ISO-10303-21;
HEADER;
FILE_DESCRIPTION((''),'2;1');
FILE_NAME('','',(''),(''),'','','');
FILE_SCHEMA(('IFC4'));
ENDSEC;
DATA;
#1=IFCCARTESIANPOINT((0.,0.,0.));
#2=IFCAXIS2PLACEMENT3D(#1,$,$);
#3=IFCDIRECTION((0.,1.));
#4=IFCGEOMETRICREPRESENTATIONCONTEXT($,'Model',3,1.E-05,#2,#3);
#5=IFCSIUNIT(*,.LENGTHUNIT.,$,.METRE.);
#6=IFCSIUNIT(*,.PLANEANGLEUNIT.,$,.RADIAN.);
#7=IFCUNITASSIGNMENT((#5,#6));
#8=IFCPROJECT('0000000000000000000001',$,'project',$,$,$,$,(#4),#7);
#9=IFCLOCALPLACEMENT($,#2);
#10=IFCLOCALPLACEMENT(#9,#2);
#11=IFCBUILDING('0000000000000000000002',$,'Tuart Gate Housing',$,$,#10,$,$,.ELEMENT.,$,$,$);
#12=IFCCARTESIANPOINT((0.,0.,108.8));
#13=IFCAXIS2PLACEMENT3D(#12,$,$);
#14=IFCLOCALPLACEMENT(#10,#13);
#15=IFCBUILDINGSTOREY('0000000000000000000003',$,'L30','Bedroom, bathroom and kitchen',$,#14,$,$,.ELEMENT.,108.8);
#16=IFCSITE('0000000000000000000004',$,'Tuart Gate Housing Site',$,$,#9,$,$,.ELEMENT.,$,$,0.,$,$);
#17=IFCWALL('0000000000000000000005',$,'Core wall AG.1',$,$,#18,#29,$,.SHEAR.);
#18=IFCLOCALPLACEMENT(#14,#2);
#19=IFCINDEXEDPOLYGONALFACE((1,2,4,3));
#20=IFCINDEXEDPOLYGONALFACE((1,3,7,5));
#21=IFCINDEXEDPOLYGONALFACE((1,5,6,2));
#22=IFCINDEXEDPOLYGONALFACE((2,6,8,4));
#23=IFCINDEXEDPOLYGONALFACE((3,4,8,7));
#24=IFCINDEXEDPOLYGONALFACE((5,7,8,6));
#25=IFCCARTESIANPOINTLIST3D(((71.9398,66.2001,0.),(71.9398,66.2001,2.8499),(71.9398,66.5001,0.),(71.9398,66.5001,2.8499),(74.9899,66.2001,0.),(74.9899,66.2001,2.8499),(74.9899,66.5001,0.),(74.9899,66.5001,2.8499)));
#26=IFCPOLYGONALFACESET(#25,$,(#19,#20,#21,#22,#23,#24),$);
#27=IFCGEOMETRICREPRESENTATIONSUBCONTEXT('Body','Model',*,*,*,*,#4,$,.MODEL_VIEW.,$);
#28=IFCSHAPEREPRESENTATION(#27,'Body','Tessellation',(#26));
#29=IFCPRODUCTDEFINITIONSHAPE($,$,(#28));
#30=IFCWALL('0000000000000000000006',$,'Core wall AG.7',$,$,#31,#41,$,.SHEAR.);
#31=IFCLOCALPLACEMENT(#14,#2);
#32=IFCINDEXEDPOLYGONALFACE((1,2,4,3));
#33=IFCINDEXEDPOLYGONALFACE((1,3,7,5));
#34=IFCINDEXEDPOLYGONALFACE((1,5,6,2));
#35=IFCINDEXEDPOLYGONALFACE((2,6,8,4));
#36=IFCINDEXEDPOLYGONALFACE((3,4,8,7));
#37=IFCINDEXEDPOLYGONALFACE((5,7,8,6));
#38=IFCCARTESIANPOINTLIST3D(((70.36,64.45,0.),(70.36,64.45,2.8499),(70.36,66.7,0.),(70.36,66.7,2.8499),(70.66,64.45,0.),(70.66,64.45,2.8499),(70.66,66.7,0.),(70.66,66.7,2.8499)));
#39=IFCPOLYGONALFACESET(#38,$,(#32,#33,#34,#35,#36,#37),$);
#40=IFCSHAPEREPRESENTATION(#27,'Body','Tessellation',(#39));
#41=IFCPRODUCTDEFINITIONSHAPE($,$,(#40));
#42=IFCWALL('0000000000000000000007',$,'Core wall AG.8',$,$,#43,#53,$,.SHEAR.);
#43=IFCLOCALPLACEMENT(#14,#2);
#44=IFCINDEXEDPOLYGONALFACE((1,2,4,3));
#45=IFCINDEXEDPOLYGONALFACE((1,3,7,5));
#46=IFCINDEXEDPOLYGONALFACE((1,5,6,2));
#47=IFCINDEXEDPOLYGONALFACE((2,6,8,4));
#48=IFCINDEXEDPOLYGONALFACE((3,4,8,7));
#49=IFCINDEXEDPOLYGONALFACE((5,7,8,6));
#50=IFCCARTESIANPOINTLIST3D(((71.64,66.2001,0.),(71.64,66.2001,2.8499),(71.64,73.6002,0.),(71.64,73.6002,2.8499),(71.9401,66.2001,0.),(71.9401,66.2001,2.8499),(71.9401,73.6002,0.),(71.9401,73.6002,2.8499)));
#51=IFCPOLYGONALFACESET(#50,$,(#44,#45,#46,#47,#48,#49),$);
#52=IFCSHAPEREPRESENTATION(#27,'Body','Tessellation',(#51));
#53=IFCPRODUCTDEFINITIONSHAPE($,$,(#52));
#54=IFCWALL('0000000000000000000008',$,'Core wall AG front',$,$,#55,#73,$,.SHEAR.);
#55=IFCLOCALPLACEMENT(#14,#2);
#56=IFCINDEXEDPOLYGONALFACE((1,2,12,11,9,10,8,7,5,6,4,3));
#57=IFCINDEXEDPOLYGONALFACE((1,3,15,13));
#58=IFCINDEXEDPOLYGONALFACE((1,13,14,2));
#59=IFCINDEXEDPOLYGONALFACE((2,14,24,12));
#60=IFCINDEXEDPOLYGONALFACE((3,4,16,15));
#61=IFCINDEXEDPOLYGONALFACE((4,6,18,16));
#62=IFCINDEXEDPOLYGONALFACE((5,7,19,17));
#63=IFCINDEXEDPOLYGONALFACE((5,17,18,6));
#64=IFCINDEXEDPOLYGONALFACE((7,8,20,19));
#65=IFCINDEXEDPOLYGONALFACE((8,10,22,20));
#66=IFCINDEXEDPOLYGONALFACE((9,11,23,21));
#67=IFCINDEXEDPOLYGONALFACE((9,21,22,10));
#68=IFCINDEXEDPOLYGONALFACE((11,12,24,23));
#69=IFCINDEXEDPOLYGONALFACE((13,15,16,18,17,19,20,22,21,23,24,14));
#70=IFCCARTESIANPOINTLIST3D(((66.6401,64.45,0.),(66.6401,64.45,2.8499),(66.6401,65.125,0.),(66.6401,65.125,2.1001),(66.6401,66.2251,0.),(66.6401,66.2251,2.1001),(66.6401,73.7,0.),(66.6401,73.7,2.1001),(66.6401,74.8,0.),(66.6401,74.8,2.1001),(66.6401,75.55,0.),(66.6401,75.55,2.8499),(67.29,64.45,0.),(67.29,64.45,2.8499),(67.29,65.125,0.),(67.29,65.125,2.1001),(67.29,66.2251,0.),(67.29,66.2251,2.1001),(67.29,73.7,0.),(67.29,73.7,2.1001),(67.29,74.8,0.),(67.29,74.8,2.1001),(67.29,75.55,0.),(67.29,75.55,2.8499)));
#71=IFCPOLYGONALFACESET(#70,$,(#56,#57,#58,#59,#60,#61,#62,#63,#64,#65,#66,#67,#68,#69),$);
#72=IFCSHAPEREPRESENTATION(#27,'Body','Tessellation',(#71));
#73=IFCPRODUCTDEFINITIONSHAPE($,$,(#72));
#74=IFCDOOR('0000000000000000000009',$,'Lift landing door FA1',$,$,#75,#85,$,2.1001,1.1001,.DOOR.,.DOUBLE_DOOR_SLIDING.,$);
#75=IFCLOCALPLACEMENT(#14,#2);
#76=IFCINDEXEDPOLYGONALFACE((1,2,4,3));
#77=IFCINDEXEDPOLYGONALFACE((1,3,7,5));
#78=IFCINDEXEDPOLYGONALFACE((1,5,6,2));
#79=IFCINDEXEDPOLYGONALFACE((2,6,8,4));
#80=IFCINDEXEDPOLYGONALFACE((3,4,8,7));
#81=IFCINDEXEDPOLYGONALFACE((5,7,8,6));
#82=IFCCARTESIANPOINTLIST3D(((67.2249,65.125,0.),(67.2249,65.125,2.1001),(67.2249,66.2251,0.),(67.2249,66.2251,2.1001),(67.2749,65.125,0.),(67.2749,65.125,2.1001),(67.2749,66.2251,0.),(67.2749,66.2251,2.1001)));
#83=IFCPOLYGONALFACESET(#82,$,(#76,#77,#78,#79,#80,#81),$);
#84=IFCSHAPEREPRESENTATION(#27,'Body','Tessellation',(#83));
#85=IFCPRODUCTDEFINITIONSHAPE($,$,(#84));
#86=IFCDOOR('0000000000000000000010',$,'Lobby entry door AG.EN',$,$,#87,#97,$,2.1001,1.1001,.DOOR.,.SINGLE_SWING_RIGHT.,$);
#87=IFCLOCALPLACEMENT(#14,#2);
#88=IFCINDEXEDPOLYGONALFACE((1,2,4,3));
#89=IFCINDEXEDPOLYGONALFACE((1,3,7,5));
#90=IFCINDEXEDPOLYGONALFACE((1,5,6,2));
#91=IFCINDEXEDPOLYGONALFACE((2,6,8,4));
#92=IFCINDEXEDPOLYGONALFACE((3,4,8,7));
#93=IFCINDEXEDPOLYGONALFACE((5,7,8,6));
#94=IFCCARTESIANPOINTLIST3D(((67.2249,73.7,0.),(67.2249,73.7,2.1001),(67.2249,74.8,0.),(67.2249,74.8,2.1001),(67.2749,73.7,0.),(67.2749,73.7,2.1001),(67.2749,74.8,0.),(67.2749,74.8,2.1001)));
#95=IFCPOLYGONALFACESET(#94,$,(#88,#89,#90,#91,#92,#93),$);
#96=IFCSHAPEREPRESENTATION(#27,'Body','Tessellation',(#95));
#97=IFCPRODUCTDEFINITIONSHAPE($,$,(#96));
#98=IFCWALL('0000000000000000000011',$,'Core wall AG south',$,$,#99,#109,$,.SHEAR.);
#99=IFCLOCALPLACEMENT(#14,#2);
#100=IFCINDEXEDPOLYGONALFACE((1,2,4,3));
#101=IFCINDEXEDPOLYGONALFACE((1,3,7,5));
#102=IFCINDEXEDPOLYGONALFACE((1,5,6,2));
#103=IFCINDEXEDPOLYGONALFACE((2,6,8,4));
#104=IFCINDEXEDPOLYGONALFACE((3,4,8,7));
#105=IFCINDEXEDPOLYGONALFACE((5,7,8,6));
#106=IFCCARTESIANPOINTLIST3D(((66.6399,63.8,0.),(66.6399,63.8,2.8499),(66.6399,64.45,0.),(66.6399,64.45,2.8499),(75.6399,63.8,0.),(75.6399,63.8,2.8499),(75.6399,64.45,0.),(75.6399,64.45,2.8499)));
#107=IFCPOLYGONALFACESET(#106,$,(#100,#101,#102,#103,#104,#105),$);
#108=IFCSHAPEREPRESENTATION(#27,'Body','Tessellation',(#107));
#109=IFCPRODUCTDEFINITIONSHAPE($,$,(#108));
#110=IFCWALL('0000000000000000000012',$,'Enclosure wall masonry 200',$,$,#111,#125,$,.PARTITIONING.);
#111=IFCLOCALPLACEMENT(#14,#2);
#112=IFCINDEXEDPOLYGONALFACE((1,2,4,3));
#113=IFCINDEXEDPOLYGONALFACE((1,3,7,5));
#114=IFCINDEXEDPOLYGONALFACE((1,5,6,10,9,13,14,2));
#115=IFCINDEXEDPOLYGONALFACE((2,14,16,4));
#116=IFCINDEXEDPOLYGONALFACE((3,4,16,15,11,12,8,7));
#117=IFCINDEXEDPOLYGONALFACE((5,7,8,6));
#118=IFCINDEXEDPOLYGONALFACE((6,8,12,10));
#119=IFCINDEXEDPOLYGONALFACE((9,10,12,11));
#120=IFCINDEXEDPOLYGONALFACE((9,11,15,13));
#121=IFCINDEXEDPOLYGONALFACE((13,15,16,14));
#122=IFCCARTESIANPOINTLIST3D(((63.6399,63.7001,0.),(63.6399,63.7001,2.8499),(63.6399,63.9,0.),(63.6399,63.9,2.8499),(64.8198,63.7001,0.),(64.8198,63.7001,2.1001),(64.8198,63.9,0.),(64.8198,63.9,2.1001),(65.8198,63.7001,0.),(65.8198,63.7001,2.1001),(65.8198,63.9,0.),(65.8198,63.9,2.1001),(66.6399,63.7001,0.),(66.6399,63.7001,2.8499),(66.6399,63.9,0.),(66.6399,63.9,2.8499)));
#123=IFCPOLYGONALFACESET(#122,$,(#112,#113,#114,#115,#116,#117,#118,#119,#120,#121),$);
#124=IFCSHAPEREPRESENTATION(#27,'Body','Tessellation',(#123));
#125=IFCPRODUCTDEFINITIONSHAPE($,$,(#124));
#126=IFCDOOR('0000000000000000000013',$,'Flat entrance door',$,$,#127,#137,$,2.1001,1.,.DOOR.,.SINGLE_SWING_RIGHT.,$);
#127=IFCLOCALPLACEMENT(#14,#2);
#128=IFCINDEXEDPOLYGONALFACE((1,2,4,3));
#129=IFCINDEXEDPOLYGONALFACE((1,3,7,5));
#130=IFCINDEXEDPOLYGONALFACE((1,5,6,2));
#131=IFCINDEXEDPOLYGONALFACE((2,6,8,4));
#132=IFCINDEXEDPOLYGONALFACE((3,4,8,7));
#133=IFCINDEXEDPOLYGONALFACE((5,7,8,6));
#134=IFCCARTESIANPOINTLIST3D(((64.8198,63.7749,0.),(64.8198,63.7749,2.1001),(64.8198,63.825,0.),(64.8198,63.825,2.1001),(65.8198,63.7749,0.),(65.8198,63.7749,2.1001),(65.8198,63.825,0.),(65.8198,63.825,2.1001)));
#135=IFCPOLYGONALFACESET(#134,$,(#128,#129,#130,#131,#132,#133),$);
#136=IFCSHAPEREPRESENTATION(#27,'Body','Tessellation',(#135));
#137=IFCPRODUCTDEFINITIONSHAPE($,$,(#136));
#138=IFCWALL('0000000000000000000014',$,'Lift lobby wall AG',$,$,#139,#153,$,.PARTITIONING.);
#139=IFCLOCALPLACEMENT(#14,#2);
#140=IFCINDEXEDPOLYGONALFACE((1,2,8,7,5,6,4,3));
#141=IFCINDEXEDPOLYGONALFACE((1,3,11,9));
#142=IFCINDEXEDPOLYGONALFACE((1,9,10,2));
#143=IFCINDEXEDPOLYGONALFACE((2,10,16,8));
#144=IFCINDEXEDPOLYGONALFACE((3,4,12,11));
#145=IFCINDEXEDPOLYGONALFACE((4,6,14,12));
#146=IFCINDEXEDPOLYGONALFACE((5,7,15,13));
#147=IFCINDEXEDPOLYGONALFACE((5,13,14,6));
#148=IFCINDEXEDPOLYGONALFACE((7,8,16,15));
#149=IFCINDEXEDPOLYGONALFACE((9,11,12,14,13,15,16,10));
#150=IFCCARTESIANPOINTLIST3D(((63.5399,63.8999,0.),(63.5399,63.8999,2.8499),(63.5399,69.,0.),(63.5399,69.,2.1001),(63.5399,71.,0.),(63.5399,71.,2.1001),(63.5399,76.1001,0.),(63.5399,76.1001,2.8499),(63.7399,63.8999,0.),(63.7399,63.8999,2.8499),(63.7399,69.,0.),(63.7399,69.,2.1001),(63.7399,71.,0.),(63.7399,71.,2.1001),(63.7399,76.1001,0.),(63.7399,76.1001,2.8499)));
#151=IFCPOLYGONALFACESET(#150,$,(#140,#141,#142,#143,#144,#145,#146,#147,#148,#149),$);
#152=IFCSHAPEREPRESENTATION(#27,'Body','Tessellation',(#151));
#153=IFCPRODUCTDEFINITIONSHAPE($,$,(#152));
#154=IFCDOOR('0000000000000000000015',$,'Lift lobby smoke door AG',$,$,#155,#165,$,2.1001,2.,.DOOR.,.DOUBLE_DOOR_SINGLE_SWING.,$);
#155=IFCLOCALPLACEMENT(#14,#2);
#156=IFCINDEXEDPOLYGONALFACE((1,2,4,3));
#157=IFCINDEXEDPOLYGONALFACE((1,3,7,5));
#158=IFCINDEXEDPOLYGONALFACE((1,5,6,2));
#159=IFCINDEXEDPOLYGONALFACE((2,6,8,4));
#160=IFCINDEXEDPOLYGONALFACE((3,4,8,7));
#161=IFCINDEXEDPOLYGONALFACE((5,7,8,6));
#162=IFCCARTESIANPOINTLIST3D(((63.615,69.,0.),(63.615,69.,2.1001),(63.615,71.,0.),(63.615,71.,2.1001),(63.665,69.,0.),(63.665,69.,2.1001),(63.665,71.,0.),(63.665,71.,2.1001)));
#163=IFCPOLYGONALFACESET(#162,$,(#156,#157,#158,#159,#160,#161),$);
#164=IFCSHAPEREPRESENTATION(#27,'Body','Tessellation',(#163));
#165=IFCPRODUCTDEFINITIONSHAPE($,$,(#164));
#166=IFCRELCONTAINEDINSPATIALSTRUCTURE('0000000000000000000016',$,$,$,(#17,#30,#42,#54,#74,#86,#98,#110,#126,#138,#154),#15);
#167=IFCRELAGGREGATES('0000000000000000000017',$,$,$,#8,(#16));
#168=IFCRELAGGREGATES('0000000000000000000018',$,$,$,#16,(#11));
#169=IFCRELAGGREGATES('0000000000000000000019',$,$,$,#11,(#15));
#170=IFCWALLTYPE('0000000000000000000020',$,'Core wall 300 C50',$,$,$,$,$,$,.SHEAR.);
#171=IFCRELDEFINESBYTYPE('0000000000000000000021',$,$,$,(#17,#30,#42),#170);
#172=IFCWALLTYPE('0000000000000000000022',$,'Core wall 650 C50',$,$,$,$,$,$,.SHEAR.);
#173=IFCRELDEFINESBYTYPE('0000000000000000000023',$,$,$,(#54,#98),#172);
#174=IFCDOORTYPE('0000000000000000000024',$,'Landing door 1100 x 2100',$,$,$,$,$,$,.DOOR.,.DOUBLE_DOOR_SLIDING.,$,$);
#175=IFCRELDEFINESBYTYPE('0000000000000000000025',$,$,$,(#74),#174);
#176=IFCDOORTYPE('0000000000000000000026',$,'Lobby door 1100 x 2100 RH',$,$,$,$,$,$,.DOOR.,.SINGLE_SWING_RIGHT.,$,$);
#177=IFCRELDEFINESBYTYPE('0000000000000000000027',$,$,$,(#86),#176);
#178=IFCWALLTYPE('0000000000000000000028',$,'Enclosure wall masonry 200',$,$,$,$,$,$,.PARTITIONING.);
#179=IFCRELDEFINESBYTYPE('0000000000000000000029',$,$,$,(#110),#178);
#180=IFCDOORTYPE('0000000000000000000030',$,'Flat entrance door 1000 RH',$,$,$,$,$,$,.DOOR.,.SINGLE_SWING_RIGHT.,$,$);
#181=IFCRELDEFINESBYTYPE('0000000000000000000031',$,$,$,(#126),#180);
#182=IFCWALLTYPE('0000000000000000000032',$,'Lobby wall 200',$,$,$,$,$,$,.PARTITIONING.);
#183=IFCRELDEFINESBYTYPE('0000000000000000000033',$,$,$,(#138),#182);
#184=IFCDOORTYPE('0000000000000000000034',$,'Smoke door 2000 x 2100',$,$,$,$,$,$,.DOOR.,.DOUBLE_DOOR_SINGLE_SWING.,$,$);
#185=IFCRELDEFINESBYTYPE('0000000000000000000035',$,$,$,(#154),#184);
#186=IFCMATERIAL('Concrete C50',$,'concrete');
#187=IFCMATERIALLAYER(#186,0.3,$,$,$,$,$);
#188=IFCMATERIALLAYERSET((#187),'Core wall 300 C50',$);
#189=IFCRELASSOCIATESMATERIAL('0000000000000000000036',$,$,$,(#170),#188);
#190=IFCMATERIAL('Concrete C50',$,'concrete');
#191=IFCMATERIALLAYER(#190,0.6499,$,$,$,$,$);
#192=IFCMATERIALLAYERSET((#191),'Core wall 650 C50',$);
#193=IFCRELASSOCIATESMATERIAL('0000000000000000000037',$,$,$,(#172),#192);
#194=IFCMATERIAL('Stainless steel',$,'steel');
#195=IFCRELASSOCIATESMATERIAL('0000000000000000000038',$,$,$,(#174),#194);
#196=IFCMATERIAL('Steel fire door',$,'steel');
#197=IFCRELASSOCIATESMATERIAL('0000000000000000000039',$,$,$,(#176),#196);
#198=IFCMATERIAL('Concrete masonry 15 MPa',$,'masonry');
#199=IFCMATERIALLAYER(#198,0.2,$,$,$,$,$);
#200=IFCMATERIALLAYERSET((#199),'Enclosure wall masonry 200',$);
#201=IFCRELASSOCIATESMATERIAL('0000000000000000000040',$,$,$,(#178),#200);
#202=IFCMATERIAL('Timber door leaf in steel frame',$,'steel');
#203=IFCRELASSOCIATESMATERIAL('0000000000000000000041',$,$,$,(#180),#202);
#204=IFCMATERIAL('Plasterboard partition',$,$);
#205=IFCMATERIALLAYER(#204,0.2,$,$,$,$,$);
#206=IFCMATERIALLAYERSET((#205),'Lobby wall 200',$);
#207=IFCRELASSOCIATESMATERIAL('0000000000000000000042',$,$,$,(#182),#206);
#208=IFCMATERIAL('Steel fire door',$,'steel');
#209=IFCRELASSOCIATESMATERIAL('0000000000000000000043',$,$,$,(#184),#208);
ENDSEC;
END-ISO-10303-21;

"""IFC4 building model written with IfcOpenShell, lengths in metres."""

from ifc_helpers import new_model, si_unit, direction, frame, frame_2d, origin, place, context, subcontext, project, spatial, rectangle, extrude, material, layer, layer_set, type_object, element, fill, save


model = new_model("IFC4")

# Units and contexts
model_context = context("Model", 3, precision=1e-05, world=origin(), true_north=direction((0.0, 1.0)))
body_context = subcontext(model_context, "Body", "Model", "MODEL_VIEW")
ifc_project = project(units=[si_unit("LENGTHUNIT", "METRE"), si_unit("PLANEANGLEUNIT", "RADIAN")], contexts=[model_context])

# Site, building, storey
site_placement = place(None, origin())
site = spatial("IfcSite", under=ifc_project, at=site_placement, Name="Tuart Gate Housing Site", CompositionType="ELEMENT", RefElevation=0.0)
building_placement = place(site_placement, origin())
building = spatial("IfcBuilding", under=site, at=building_placement, Name="Tuart Gate Housing", CompositionType="ELEMENT")
storey_placement = place(building_placement, frame((0.0, 0.0, 108.8)))
storey = spatial("IfcBuildingStorey", under=building, at=storey_placement, Name="L30", Description="Bedroom, bathroom and kitchen", CompositionType="ELEMENT", Elevation=108.8)

# Walls
ifc_material_1 = material(Name="Concrete C50", Category="concrete")
ifc_layer_1 = layer(ifc_material_1, 0.3)
ifc_layer_set_1 = layer_set([ifc_layer_1], Name="Core wall 300 C50")
wall_type_1 = type_object("IfcWallType", Name="Core wall 300 C50", PredefinedType="SHEAR", material=ifc_layer_set_1)
wall_1_placement = place(storey_placement, frame((71.9399, 66.3501, 0.0), z_axis=(0.0, 0.0, 1.0), x_axis=(1.0, 0.0, 0.0)))
element("IfcWall", 1, at=wall_1_placement, inside=storey, type_object=wall_type_1, Name="Core wall AG.1", PredefinedType="SHEAR", context=body_context, shape_type="SweptSolid", body=[
    extrude(rectangle(XDim=3.05, YDim=0.3, at=frame_2d((1.5249, 0.0))), origin(), (0.0, 0.0, 1.0), 2.8499),
])
wall_2_placement = place(storey_placement, frame((70.51, 64.45, 0.0), z_axis=(0.0, 0.0, 1.0), x_axis=(0.0, 1.0, 0.0)))
element("IfcWall", 2, at=wall_2_placement, inside=storey, type_object=wall_type_1, Name="Core wall AG.7", PredefinedType="SHEAR", context=body_context, shape_type="SweptSolid", body=[
    extrude(rectangle(XDim=2.25, YDim=0.3, at=frame_2d((1.125, 0.0))), origin(), (0.0, 0.0, 1.0), 2.8499),
])
wall_3_placement = place(storey_placement, frame((71.79, 66.2, 0.0), z_axis=(0.0, 0.0, 1.0), x_axis=(0.0, 1.0, 0.0)))
element("IfcWall", 3, at=wall_3_placement, inside=storey, type_object=wall_type_1, Name="Core wall AG.8", PredefinedType="SHEAR", context=body_context, shape_type="SweptSolid", body=[
    extrude(rectangle(XDim=7.4001, YDim=0.3, at=frame_2d((3.7002, 0.0))), origin(), (0.0, 0.0, 1.0), 2.8499),
])

# Wall, openings, doors
ifc_material_2 = material(Name="Concrete C50", Category="concrete")
ifc_layer_2 = layer(ifc_material_2, 0.6499)
ifc_layer_set_2 = layer_set([ifc_layer_2], Name="Core wall 650 C50")
wall_type_2 = type_object("IfcWallType", Name="Core wall 650 C50", PredefinedType="SHEAR", material=ifc_layer_set_2)
wall_4_placement = place(storey_placement, frame((66.9651, 64.45, 0.0), z_axis=(0.0, 0.0, 1.0), x_axis=(0.0, 1.0, 0.0)))
wall_4 = element("IfcWall", 4, at=wall_4_placement, inside=storey, type_object=wall_type_2, Name="Core wall AG front", PredefinedType="SHEAR", context=body_context, shape_type="SweptSolid", body=[
    extrude(rectangle(XDim=11.1001, YDim=0.6499, at=frame_2d((5.55, 0.0))), origin(), (0.0, 0.0, 1.0), 2.8499),
])
opening_1_placement = place(wall_4_placement, frame((0.675, 0.0, 0.0)))
opening_1 = element("IfcOpeningElement", 5, at=opening_1_placement, cuts=wall_4, PredefinedType="OPENING", context=body_context, shape_type="SweptSolid", body=[
    extrude(rectangle(XDim=1.1001, YDim=2.1001, at=frame_2d((0.55, 1.05))), frame((0.0, 0.335, 0.0), z_axis=(0.0, -1.0, 0.0), x_axis=(1.0, 0.0, 0.0)), (0.0, 0.0, 1.0), 0.6699),
])
opening_2_placement = place(wall_4_placement, frame((9.25, 0.0, 0.0)))
opening_2 = element("IfcOpeningElement", 6, at=opening_2_placement, cuts=wall_4, PredefinedType="OPENING", context=body_context, shape_type="SweptSolid", body=[
    extrude(rectangle(XDim=1.1001, YDim=2.1001, at=frame_2d((0.55, 1.05))), frame((0.0, 0.335, 0.0), z_axis=(0.0, -1.0, 0.0), x_axis=(1.0, 0.0, 0.0)), (0.0, 0.0, 1.0), 0.6699),
])
ifc_material_3 = material(Name="Stainless steel", Category="steel")
door_type_1 = type_object("IfcDoorType", Name="Landing door 1100 x 2100", OperationType="DOUBLE_DOOR_SLIDING", PredefinedType="DOOR", material=ifc_material_3)
door_1_placement = place(opening_1_placement, origin())
door_1 = element("IfcDoor", 7, at=door_1_placement, inside=storey, type_object=door_type_1, Name="Lift landing door FA1", OperationType="DOUBLE_DOOR_SLIDING", OverallHeight=2.1001, OverallWidth=1.1001, PredefinedType="DOOR", context=body_context, shape_type="SweptSolid", body=[
    extrude(rectangle(XDim=1.1001, YDim=2.1001, at=frame_2d((0.55, 1.05))), frame((0.0, -0.2598, 0.0), z_axis=(0.0, -1.0, 0.0), x_axis=(1.0, 0.0, 0.0)), (0.0, 0.0, 1.0), 0.05),
])
fill(opening_1, door_1)
ifc_material_4 = material(Name="Steel fire door", Category="steel")
door_type_2 = type_object("IfcDoorType", Name="Lobby door 1100 x 2100 RH", OperationType="SINGLE_SWING_RIGHT", PredefinedType="DOOR", material=ifc_material_4)
door_2_placement = place(opening_2_placement, frame((1.1001, 0.0, 0.0), z_axis=(0.0, 0.0, 1.0), x_axis=(-1.0, 0.0, 0.0)))
door_2 = element("IfcDoor", 8, at=door_2_placement, inside=storey, type_object=door_type_2, Name="Lobby entry door AG.EN", OperationType="SINGLE_SWING_RIGHT", OverallHeight=2.1001, OverallWidth=1.1001, PredefinedType="DOOR", context=body_context, shape_type="SweptSolid", body=[
    extrude(rectangle(XDim=1.1001, YDim=2.1001, at=frame_2d((0.55, 1.05))), frame((0.0, 0.3098, 0.0), z_axis=(0.0, -1.0, 0.0), x_axis=(1.0, 0.0, 0.0)), (0.0, 0.0, 1.0), 0.05),
])
fill(opening_2, door_2)

# Wall
wall_5_placement = place(storey_placement, frame((66.6399, 64.125, 0.0), z_axis=(0.0, 0.0, 1.0), x_axis=(1.0, 0.0, 0.0)))
element("IfcWall", 9, at=wall_5_placement, inside=storey, type_object=wall_type_2, Name="Core wall AG south", PredefinedType="SHEAR", context=body_context, shape_type="SweptSolid", body=[
    extrude(rectangle(XDim=9.0, YDim=0.6499, at=frame_2d((4.5, 0.0))), origin(), (0.0, 0.0, 1.0), 2.8499),
])

# Walls, openings, doors
ifc_material_5 = material(Name="Concrete masonry 15 MPa", Category="masonry")
ifc_layer_3 = layer(ifc_material_5, 0.2)
ifc_layer_set_3 = layer_set([ifc_layer_3], Name="Enclosure wall masonry 200")
wall_type_3 = type_object("IfcWallType", Name="Enclosure wall masonry 200", PredefinedType="PARTITIONING", material=ifc_layer_set_3)
wall_6_placement = place(storey_placement, frame((63.6399, 63.8, 0.0), z_axis=(0.0, 0.0, 1.0), x_axis=(1.0, 0.0, 0.0)))
wall_6 = element("IfcWall", 10, at=wall_6_placement, inside=storey, type_object=wall_type_3, Name="Enclosure wall masonry 200", PredefinedType="PARTITIONING", context=body_context, shape_type="SweptSolid", body=[
    extrude(rectangle(XDim=3.0, YDim=0.2, at=frame_2d((1.5, 0.0))), origin(), (0.0, 0.0, 1.0), 2.8499),
])
opening_3_placement = place(wall_6_placement, frame((1.1799, 0.0, 0.0)))
opening_3 = element("IfcOpeningElement", 11, at=opening_3_placement, cuts=wall_6, PredefinedType="OPENING", context=body_context, shape_type="SweptSolid", body=[
    extrude(rectangle(XDim=1.0, YDim=2.1001, at=frame_2d((0.5, 1.05))), frame((0.0, 0.1099, 0.0), z_axis=(0.0, -1.0, 0.0), x_axis=(1.0, 0.0, 0.0)), (0.0, 0.0, 1.0), 0.22),
])
ifc_material_6 = material(Name="Timber door leaf in steel frame", Category="steel")
door_type_3 = type_object("IfcDoorType", Name="Flat entrance door 1000 RH", OperationType="SINGLE_SWING_RIGHT", PredefinedType="DOOR", material=ifc_material_6)
door_3_placement = place(opening_3_placement, frame((1.0, 0.0, 0.0), z_axis=(0.0, 0.0, 1.0), x_axis=(-1.0, 0.0, 0.0)))
door_3 = element("IfcDoor", 12, at=door_3_placement, inside=storey, type_object=door_type_3, Name="Flat entrance door", OperationType="SINGLE_SWING_RIGHT", OverallHeight=2.1001, OverallWidth=1.0, PredefinedType="DOOR", context=body_context, shape_type="SweptSolid", body=[
    extrude(rectangle(XDim=1.0, YDim=2.1001, at=frame_2d((0.5, 1.05))), frame((0.0, 0.0251, 0.0), z_axis=(0.0, -1.0, 0.0), x_axis=(1.0, 0.0, 0.0)), (0.0, 0.0, 1.0), 0.05),
])
fill(opening_3, door_3)
ifc_material_7 = material(Name="Plasterboard partition")
ifc_layer_4 = layer(ifc_material_7, 0.2)
ifc_layer_set_4 = layer_set([ifc_layer_4], Name="Lobby wall 200")
wall_type_4 = type_object("IfcWallType", Name="Lobby wall 200", PredefinedType="PARTITIONING", material=ifc_layer_set_4)
wall_7_placement = place(storey_placement, frame((63.6399, 63.8999, 0.0), z_axis=(0.0, 0.0, 1.0), x_axis=(0.0, 1.0, 0.0)))
wall_7 = element("IfcWall", 13, at=wall_7_placement, inside=storey, type_object=wall_type_4, Name="Lift lobby wall AG", PredefinedType="PARTITIONING", context=body_context, shape_type="SweptSolid", body=[
    extrude(rectangle(XDim=12.2002, YDim=0.2, at=frame_2d((6.1001, 0.0))), origin(), (0.0, 0.0, 1.0), 2.8499),
])
opening_4_placement = place(wall_7_placement, frame((5.1001, 0.0, 0.0)))
opening_4 = element("IfcOpeningElement", 14, at=opening_4_placement, cuts=wall_7, PredefinedType="OPENING", context=body_context, shape_type="SweptSolid", body=[
    extrude(rectangle(XDim=2.0, YDim=2.1001, at=frame_2d((1.0, 1.05))), frame((0.0, 0.1099, 0.0), z_axis=(0.0, -1.0, 0.0), x_axis=(1.0, 0.0, 0.0)), (0.0, 0.0, 1.0), 0.22),
])
ifc_material_8 = material(Name="Steel fire door", Category="steel")
door_type_4 = type_object("IfcDoorType", Name="Smoke door 2000 x 2100", OperationType="DOUBLE_DOOR_SINGLE_SWING", PredefinedType="DOOR", material=ifc_material_8)
door_4_placement = place(opening_4_placement, frame((2.0, 0.0, 0.0), z_axis=(0.0, 0.0, 1.0), x_axis=(-1.0, 0.0, 0.0)))
door_4 = element("IfcDoor", 15, at=door_4_placement, inside=storey, type_object=door_type_4, Name="Lift lobby smoke door AG", OperationType="DOUBLE_DOOR_SINGLE_SWING", OverallHeight=2.1001, OverallWidth=2.0, PredefinedType="DOOR", context=body_context, shape_type="SweptSolid", body=[
    extrude(rectangle(XDim=2.0, YDim=2.1001, at=frame_2d((1.0, 1.05))), frame((0.0, 0.0251, 0.0), z_axis=(0.0, -1.0, 0.0), x_axis=(1.0, 0.0, 0.0)), (0.0, 0.0, 1.0), 0.05),
])
fill(opening_4, door_4)

save(model, "model.ifc")
